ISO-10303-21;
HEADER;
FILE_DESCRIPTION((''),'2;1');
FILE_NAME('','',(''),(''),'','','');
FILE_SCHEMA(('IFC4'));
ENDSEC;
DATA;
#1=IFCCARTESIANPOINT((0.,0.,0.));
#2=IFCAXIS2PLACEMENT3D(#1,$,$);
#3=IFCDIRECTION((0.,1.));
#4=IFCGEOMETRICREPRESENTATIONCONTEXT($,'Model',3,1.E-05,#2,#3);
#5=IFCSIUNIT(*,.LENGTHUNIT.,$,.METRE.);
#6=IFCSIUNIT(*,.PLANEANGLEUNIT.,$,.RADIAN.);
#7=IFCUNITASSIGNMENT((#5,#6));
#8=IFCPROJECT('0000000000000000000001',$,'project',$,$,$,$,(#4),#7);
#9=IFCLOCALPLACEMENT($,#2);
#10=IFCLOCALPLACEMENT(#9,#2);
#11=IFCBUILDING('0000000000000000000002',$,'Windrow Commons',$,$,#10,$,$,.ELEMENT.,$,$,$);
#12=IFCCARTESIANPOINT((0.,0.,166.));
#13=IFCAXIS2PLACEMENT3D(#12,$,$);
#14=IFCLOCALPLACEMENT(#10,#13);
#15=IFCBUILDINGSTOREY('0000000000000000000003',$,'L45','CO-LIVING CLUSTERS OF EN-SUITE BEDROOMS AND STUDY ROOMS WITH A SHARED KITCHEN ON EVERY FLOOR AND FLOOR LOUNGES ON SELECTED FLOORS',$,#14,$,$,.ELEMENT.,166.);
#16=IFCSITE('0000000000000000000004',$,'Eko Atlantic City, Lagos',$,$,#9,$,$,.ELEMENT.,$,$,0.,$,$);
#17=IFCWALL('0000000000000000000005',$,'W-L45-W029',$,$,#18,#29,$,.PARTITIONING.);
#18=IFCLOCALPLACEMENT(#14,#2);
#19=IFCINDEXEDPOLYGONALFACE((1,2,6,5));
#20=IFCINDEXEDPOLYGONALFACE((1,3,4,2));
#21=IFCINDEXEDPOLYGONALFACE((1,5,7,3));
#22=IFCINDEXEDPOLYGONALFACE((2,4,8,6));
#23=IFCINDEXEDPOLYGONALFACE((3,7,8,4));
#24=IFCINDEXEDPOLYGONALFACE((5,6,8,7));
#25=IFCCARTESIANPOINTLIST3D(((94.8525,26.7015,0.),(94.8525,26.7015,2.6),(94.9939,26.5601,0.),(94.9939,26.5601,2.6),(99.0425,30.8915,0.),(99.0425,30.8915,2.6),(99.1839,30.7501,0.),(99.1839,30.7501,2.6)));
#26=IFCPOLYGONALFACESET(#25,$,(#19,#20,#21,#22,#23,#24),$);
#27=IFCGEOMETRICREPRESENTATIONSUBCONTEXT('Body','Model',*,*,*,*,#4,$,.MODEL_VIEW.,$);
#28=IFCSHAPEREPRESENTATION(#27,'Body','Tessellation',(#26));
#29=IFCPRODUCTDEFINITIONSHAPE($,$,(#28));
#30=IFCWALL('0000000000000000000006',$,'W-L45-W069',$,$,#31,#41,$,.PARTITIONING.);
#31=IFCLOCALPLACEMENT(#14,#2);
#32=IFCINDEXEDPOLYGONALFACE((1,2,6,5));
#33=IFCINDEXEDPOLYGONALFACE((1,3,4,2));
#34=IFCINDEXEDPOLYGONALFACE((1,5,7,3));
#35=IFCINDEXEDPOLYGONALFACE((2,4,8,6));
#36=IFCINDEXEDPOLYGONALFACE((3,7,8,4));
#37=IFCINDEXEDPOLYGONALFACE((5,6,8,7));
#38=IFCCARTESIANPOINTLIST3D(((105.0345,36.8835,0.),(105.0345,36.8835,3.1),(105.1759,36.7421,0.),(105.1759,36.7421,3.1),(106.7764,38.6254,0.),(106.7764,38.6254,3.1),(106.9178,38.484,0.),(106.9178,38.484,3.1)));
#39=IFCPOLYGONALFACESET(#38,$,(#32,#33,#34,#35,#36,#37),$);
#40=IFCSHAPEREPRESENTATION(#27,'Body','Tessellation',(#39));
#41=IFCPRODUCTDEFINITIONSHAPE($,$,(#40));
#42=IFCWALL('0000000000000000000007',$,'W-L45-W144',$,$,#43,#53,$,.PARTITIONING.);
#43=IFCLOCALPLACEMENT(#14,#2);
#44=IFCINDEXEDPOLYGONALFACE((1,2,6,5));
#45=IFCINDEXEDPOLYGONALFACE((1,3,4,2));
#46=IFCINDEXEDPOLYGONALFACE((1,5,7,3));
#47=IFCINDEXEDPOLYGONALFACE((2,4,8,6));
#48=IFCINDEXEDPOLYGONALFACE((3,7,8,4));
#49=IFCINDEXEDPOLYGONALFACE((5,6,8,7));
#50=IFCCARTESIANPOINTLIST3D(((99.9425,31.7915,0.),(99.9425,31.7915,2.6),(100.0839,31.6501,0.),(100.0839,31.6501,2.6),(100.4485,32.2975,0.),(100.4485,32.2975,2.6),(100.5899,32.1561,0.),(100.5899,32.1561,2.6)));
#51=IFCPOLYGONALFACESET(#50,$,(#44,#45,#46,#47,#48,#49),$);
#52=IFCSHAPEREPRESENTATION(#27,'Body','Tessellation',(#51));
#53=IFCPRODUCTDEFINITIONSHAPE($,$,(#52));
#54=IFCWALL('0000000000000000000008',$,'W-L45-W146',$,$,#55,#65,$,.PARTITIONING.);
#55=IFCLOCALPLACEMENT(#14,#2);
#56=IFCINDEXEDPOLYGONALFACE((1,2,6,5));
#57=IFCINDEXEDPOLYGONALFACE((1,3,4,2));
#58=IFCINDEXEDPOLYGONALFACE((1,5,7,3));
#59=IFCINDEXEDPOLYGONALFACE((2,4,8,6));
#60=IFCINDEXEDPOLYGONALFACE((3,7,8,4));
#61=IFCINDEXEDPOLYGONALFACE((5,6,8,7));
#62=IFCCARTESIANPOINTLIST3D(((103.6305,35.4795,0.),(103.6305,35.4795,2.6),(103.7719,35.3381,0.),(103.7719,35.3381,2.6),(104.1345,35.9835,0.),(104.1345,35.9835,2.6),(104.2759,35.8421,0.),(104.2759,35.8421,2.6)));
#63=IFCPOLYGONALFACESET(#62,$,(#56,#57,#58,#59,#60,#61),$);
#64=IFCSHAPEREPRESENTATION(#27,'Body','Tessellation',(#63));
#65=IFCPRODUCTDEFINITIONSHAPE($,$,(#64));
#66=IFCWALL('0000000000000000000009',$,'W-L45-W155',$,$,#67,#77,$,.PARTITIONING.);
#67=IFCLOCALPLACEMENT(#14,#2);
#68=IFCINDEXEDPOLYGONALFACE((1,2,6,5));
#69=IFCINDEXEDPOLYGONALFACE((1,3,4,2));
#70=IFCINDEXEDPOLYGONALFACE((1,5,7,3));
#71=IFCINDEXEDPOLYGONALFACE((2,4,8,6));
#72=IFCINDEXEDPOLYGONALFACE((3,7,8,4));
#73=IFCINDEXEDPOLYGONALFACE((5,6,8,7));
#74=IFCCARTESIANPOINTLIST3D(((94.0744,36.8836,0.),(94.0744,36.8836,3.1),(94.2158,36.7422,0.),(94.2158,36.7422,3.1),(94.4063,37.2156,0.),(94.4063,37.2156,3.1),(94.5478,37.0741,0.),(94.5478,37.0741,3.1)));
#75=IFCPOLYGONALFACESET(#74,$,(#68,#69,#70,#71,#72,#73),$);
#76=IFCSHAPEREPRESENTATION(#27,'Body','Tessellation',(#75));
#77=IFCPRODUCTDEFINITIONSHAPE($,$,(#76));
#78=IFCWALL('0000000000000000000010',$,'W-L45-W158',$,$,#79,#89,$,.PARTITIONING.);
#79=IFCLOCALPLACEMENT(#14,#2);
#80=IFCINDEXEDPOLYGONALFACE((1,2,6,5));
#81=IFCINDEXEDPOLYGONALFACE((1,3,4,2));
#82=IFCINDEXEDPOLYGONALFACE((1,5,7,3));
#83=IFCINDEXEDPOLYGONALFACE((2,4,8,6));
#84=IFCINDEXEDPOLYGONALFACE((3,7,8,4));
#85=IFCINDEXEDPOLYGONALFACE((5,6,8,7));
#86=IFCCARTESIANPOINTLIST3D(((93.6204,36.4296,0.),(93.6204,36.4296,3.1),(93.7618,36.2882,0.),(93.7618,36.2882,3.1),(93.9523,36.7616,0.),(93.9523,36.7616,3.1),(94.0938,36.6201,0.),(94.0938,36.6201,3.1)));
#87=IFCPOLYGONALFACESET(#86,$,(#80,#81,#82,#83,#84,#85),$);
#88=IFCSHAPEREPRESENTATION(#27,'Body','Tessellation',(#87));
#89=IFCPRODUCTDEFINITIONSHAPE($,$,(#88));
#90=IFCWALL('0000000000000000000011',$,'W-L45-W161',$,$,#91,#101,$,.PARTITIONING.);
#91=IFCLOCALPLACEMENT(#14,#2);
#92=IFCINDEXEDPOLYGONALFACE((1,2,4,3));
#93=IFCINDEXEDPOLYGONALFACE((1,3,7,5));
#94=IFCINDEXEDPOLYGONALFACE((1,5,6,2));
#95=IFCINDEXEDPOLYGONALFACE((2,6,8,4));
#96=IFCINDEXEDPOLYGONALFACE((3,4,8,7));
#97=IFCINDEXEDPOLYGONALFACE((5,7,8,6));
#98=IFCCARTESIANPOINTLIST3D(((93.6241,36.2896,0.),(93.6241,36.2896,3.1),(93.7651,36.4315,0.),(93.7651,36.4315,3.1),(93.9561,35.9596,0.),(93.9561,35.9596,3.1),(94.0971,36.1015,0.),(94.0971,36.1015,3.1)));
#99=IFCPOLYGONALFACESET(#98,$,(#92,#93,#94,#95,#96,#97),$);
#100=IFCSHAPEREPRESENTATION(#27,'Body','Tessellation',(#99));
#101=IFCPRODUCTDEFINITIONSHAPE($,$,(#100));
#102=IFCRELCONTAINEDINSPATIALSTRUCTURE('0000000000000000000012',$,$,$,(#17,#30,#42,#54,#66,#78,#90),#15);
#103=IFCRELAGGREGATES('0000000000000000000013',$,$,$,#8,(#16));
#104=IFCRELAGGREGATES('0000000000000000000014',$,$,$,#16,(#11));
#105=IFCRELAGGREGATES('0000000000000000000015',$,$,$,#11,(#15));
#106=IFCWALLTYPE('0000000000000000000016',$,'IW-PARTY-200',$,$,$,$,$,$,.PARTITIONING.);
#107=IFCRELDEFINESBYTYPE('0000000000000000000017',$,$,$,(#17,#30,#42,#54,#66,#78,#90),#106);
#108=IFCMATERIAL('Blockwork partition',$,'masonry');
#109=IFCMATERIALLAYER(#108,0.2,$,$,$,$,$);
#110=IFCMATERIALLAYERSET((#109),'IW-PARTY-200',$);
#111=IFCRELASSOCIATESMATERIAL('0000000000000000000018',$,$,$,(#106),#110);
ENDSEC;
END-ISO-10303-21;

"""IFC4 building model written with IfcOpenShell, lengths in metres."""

from ifc_helpers import new_model, si_unit, direction, frame, frame_2d, origin, place, context, subcontext, project, spatial, rectangle, extrude, material, layer, layer_set, type_object, element, save


model = new_model("IFC4")

# Units and contexts
model_context = context("Model", 3, precision=1e-05, world=origin(), true_north=direction((0.0, 1.0)))
body_context = subcontext(model_context, "Body", "Model", "MODEL_VIEW")
ifc_project = project(units=[si_unit("LENGTHUNIT", "METRE"), si_unit("PLANEANGLEUNIT", "RADIAN")], contexts=[model_context])

# Site, building, storey
site_placement = place(None, origin())
site = spatial("IfcSite", under=ifc_project, at=site_placement, Name="Eko Atlantic City, Lagos", CompositionType="ELEMENT", RefElevation=0.0)
building_placement = place(site_placement, origin())
building = spatial("IfcBuilding", under=site, at=building_placement, Name="Windrow Commons", CompositionType="ELEMENT")
storey_placement = place(building_placement, frame((0.0, 0.0, 166.0)))
storey = spatial("IfcBuildingStorey", under=building, at=storey_placement, Name="L45", Description="CO-LIVING CLUSTERS OF EN-SUITE BEDROOMS AND STUDY ROOMS WITH A SHARED KITCHEN ON EVERY FLOOR AND FLOOR LOUNGES ON SELECTED FLOORS", CompositionType="ELEMENT", Elevation=166.0)

# Walls
ifc_material_1 = material(Name="Blockwork partition", Category="masonry")
ifc_layer_1 = layer(ifc_material_1, 0.2)
ifc_layer_set_1 = layer_set([ifc_layer_1], Name="IW-PARTY-200")
wall_type_1 = type_object("IfcWallType", Name="IW-PARTY-200", PredefinedType="PARTITIONING", material=ifc_layer_set_1)
wall_1_placement = place(storey_placement, frame((94.9232, 26.6308, 0.0), z_axis=(0.0, 0.0, 1.0), x_axis=(0.707107, 0.707107, 0.0)))
element("IfcWall", 1, at=wall_1_placement, inside=storey, type_object=wall_type_1, Name="W-L45-W029", PredefinedType="PARTITIONING", context=body_context, shape_type="SweptSolid", body=[
    extrude(rectangle(XDim=5.9256, YDim=0.2, at=frame_2d((2.9628, 0.0))), origin(), (0.0, 0.0, 1.0), 2.6),
])
wall_2_placement = place(storey_placement, frame((105.1052, 36.8128, 0.0), z_axis=(0.0, 0.0, 1.0), x_axis=(0.707107, 0.707107, 0.0)))
element("IfcWall", 2, at=wall_2_placement, inside=storey, type_object=wall_type_1, Name="W-L45-W069", PredefinedType="PARTITIONING", context=body_context, shape_type="SweptSolid", body=[
    extrude(rectangle(XDim=2.4634, YDim=0.2, at=frame_2d((1.2317, 0.0))), origin(), (0.0, 0.0, 1.0), 3.1),
])
wall_3_placement = place(storey_placement, frame((100.0132, 31.7208, 0.0), z_axis=(0.0, 0.0, 1.0), x_axis=(0.707107, 0.707107, 0.0)))
element("IfcWall", 3, at=wall_3_placement, inside=storey, type_object=wall_type_1, Name="W-L45-W144", PredefinedType="PARTITIONING", context=body_context, shape_type="SweptSolid", body=[
    extrude(rectangle(XDim=0.7156, YDim=0.2, at=frame_2d((0.3578, 0.0))), origin(), (0.0, 0.0, 1.0), 2.6),
])
wall_4_placement = place(storey_placement, frame((103.7012, 35.4088, 0.0), z_axis=(0.0, 0.0, 1.0), x_axis=(0.707107, 0.707107, 0.0)))
element("IfcWall", 4, at=wall_4_placement, inside=storey, type_object=wall_type_1, Name="W-L45-W146", PredefinedType="PARTITIONING", context=body_context, shape_type="SweptSolid", body=[
    extrude(rectangle(XDim=0.7128, YDim=0.2, at=frame_2d((0.3564, 0.0))), origin(), (0.0, 0.0, 1.0), 2.6),
])
for number, where, z_axis, x_axis, name in (
    (5, (94.1451, 36.8129, 0.0), (0.0, 0.0, 1.0), (0.707107, 0.707107, 0.0), "W-L45-W155"),
    (6, (93.6911, 36.3589, 0.0), (0.0, 0.0, 1.0), (0.707107, 0.707107, 0.0), "W-L45-W158"),
):
    element("IfcWall", number, at=place(storey_placement, frame(where, z_axis=z_axis, x_axis=x_axis)), inside=storey, type_object=wall_type_1, Name=name, PredefinedType="PARTITIONING", context=body_context, shape_type="SweptSolid", body=[
        extrude(rectangle(XDim=0.4695, YDim=0.2, at=frame_2d((0.2347, 0.0))), origin(), (0.0, 0.0, 1.0), 3.1),
    ])
wall_5_placement = place(storey_placement, frame((93.6946, 36.3606, 0.0), z_axis=(0.0, 0.0, 1.0), x_axis=(0.70924, -0.704967, 0.0)))
element("IfcWall", 7, at=wall_5_placement, inside=storey, type_object=wall_type_1, Name="W-L45-W161", PredefinedType="PARTITIONING", context=body_context, shape_type="SweptSolid", body=[
    extrude(rectangle(XDim=0.4681, YDim=0.2, at=frame_2d((0.2341, 0.0))), origin(), (0.0, 0.0, 1.0), 3.1),
])

save(model, "model.ifc")
